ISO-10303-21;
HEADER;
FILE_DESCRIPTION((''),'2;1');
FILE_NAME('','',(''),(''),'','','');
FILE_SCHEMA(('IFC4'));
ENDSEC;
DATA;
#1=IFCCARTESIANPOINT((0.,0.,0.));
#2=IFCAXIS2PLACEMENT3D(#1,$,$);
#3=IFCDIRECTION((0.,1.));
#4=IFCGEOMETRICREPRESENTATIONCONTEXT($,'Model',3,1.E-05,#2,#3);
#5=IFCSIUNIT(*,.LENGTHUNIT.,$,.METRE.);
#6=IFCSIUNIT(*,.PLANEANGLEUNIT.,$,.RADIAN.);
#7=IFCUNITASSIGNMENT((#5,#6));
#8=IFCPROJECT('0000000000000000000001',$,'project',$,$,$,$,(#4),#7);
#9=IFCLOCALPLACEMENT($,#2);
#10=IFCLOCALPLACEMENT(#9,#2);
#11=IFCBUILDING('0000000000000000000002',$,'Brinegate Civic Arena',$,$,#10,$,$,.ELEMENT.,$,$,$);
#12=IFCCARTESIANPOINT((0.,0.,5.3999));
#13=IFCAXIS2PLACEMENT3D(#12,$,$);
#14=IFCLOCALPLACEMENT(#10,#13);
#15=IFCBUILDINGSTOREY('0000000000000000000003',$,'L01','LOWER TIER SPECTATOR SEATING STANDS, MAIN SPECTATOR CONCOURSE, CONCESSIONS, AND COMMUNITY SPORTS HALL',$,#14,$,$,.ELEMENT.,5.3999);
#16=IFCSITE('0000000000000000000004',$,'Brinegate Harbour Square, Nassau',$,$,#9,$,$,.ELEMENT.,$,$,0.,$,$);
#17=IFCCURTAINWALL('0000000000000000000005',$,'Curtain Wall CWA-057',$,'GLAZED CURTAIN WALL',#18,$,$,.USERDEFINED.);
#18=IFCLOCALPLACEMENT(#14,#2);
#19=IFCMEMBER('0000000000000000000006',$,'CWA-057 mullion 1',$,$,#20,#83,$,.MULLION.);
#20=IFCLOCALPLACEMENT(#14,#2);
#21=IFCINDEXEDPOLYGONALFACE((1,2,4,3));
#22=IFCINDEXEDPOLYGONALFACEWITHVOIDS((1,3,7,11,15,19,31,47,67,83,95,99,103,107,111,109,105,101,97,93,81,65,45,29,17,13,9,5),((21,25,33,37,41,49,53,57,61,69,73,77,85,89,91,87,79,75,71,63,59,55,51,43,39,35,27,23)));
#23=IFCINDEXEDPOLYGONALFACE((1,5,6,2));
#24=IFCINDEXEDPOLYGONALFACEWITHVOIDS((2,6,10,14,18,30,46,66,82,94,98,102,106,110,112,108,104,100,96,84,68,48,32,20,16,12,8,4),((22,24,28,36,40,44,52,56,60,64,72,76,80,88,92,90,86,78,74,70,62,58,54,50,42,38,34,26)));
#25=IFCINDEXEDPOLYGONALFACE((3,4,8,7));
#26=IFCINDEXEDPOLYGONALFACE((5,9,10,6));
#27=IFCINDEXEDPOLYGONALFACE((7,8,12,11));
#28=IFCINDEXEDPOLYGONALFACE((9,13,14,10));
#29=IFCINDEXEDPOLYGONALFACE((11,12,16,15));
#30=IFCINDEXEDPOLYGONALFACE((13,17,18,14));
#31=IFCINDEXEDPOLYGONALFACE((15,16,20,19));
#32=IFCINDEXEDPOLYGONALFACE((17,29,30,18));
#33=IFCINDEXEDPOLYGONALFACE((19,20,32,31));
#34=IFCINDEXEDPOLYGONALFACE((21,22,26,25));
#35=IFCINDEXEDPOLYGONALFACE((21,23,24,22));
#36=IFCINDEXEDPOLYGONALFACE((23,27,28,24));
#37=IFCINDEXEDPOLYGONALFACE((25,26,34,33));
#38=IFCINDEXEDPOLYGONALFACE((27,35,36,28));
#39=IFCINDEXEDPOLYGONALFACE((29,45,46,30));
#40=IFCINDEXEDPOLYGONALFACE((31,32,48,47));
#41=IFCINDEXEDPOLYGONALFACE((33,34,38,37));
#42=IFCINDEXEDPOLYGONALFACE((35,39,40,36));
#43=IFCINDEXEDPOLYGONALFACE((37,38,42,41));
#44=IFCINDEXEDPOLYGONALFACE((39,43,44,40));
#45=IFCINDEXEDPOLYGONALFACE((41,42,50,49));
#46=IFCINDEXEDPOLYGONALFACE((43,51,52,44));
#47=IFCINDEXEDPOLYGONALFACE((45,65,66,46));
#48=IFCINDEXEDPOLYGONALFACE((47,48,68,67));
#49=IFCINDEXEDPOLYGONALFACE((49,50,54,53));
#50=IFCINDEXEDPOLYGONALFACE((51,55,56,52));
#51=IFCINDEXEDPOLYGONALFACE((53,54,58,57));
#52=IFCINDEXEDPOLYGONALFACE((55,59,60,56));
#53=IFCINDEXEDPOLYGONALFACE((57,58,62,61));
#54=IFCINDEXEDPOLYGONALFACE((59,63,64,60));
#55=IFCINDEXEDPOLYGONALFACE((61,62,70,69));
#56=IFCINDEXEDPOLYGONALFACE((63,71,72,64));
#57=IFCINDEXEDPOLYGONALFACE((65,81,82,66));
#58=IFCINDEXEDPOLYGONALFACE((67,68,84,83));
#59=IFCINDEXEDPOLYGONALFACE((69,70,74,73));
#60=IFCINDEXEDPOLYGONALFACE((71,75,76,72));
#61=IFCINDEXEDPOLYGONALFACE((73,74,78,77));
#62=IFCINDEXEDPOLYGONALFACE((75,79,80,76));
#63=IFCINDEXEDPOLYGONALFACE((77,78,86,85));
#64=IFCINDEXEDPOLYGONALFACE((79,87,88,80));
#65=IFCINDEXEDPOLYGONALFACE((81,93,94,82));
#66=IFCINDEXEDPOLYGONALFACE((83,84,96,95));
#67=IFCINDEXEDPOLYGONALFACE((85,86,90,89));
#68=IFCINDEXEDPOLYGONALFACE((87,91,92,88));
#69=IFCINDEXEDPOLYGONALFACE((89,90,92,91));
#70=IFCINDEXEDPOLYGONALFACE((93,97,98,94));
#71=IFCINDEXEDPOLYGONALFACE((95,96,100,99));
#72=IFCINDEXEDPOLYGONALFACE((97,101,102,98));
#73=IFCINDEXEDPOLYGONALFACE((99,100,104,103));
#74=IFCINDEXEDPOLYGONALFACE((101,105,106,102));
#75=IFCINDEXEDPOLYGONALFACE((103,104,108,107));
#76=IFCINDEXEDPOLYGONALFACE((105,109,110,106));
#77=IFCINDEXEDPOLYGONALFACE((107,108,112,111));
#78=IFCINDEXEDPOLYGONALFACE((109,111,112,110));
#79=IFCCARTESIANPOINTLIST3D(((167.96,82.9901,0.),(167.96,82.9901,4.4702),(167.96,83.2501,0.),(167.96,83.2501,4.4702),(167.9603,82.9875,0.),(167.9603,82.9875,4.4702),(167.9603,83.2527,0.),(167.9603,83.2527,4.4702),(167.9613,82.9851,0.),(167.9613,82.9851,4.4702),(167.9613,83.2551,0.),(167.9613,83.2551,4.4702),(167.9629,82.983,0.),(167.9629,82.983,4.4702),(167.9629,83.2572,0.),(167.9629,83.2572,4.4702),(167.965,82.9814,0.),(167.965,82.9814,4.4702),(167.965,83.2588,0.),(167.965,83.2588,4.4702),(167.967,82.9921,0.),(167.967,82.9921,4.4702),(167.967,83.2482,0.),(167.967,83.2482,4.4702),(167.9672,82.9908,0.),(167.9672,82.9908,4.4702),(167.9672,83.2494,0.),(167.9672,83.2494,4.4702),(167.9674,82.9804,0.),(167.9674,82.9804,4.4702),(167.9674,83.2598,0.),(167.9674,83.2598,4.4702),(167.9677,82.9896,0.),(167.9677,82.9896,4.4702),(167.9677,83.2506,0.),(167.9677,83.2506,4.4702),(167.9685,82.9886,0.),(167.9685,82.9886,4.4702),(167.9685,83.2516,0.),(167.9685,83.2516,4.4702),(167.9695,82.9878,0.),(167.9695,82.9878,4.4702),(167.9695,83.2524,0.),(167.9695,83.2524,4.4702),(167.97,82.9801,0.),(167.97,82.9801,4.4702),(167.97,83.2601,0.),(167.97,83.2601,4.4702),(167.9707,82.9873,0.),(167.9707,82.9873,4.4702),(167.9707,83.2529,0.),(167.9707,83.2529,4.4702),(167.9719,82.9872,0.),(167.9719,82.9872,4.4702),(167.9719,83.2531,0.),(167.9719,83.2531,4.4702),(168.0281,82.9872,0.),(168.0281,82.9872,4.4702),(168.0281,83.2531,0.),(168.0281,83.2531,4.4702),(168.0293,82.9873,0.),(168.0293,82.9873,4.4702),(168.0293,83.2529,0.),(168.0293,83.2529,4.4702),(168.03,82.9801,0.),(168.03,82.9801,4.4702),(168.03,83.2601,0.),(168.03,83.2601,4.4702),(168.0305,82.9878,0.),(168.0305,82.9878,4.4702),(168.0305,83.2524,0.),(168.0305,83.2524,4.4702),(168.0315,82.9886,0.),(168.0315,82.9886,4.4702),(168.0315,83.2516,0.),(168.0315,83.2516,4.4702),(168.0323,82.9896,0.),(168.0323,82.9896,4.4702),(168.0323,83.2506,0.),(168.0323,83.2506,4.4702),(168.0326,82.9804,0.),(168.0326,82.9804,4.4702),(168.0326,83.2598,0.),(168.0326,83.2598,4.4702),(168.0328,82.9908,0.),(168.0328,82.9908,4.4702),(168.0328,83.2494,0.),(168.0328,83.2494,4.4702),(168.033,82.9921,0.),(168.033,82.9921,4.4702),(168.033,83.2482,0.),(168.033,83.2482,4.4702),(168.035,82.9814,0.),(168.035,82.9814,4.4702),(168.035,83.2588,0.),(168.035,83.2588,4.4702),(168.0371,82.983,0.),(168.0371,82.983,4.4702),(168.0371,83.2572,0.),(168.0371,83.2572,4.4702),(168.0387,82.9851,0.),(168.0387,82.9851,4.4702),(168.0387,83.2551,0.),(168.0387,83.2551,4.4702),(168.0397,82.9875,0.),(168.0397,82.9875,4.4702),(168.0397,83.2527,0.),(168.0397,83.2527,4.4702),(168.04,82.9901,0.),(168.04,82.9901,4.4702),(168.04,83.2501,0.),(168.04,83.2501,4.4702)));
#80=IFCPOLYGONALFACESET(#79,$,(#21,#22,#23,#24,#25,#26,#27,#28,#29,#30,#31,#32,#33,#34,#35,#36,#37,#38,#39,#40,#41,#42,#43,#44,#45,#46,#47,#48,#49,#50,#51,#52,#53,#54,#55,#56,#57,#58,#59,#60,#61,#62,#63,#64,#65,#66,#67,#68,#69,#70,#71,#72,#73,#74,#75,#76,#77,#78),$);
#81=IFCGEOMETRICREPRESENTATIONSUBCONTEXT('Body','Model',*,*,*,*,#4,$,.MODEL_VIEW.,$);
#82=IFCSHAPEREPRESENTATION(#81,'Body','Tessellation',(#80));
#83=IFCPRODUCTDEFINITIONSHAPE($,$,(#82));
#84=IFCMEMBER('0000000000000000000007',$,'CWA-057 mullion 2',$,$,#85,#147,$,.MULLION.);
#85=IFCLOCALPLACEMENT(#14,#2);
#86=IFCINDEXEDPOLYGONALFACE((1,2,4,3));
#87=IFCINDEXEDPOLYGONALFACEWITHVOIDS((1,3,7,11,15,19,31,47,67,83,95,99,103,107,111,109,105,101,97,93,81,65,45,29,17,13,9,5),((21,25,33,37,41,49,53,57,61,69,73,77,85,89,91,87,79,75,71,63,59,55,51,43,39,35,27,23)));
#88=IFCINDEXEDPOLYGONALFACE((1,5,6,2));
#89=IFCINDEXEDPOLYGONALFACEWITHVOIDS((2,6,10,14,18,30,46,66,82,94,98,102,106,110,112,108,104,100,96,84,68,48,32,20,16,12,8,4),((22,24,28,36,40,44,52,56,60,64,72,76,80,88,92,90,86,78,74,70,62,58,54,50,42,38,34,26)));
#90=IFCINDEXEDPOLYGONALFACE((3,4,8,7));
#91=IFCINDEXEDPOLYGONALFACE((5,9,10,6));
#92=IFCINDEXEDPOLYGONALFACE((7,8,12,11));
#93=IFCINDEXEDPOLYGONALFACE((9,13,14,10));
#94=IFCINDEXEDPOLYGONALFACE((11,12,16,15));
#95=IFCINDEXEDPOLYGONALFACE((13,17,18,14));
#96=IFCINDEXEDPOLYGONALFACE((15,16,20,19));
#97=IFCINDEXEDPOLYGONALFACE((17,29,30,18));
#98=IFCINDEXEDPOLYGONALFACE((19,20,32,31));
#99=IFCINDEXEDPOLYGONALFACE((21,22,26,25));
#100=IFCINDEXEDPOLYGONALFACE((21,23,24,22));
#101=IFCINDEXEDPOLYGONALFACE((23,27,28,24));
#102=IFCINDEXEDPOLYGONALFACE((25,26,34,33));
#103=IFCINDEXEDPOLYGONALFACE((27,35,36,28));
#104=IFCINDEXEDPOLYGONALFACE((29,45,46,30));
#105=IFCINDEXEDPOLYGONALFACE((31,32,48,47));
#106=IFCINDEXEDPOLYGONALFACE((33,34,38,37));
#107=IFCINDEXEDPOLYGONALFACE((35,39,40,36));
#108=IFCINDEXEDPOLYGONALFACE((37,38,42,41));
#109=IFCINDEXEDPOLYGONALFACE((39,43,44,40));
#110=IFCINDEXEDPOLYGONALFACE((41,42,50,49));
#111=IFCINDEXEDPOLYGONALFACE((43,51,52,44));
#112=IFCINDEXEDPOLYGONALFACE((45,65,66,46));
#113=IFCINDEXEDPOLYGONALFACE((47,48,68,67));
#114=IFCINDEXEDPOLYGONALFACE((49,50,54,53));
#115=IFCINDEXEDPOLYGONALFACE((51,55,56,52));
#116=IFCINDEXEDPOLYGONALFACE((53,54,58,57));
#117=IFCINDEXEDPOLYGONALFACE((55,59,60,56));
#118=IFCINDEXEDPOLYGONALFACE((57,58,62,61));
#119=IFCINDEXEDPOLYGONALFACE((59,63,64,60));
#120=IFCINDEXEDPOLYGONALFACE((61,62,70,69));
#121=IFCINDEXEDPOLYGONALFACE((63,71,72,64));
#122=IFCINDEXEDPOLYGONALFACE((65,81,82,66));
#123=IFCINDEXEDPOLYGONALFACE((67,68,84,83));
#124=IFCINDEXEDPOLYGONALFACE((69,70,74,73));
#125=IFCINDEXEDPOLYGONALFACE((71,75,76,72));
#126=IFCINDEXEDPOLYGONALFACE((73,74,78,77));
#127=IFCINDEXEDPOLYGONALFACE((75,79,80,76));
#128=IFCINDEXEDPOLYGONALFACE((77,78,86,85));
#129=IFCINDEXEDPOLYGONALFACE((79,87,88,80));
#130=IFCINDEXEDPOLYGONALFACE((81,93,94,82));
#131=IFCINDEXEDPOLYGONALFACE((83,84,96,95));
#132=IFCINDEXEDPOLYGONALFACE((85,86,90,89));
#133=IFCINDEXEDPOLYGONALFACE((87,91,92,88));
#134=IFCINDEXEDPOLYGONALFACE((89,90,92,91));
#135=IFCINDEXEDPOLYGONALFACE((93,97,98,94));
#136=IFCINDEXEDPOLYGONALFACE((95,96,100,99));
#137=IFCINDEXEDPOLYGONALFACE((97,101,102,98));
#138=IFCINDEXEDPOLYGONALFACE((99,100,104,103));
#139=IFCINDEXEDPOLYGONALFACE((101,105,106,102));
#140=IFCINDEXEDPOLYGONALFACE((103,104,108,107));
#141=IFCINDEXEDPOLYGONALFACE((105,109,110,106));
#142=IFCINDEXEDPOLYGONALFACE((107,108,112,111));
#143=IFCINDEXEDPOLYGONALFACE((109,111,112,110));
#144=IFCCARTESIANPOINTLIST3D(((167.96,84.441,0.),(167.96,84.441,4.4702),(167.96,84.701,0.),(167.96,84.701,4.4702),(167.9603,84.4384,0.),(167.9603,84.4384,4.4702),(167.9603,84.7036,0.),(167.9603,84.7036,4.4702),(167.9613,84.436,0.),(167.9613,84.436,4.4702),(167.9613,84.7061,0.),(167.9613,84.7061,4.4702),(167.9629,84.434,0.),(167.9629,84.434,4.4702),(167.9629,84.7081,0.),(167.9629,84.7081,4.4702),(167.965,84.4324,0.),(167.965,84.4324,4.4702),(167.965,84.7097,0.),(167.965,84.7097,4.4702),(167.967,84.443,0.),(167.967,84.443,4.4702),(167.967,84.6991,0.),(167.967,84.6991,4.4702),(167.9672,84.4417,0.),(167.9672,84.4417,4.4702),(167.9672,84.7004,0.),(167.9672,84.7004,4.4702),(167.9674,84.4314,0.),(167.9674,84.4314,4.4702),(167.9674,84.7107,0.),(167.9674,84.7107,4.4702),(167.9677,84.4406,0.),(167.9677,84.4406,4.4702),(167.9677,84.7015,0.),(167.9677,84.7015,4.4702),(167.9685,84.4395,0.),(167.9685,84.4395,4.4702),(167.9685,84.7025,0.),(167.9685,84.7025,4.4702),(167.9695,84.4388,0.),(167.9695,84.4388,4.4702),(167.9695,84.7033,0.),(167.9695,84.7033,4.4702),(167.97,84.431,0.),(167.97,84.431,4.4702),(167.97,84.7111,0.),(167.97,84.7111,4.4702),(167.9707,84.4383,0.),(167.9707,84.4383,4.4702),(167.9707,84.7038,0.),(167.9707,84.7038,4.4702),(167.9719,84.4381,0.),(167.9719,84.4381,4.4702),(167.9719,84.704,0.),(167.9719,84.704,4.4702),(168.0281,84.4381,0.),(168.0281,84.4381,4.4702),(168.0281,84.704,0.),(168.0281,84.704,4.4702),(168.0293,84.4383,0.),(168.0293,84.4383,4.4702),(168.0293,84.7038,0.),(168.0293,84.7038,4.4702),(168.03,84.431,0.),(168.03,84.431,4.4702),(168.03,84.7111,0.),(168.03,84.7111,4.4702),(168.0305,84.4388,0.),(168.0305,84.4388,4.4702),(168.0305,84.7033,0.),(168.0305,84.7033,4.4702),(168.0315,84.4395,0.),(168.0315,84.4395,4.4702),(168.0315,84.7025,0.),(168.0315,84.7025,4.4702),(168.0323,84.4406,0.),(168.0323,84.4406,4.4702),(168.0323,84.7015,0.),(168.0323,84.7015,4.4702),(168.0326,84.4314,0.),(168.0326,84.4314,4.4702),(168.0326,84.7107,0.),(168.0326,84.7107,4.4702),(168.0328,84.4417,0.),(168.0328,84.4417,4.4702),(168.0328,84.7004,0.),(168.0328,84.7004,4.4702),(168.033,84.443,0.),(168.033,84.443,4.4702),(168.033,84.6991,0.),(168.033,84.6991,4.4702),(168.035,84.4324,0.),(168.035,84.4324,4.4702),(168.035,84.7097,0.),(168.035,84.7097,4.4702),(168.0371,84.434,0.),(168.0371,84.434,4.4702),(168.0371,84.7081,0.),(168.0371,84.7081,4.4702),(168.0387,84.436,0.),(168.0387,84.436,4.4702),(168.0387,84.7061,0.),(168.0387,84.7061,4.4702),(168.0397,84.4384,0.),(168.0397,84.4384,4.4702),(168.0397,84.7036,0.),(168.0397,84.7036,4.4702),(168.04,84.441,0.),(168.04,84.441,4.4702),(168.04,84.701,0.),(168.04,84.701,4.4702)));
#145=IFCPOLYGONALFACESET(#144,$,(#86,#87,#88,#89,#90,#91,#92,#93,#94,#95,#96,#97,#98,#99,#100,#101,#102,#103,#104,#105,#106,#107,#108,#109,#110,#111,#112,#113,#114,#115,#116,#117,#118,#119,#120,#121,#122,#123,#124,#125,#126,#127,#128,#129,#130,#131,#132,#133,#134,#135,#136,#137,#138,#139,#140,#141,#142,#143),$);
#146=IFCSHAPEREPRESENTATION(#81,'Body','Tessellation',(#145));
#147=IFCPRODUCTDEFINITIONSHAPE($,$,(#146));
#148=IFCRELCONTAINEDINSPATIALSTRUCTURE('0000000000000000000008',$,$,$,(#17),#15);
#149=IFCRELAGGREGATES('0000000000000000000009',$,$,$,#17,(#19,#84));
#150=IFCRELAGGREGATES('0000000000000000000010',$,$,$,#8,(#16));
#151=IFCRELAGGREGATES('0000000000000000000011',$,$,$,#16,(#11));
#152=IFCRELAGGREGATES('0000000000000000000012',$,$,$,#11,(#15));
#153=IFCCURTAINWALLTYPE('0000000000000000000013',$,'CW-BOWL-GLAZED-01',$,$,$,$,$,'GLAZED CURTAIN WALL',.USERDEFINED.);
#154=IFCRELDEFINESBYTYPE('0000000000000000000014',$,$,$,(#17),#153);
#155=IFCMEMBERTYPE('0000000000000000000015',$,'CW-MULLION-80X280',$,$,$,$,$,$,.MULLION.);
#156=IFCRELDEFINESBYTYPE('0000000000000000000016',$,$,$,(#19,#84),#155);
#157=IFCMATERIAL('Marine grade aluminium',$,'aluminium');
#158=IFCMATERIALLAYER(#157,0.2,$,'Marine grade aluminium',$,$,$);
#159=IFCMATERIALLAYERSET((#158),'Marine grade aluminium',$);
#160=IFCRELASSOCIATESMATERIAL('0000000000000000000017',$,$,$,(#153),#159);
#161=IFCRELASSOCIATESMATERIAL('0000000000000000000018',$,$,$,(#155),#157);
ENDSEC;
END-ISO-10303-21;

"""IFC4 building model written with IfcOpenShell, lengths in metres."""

from ifc_helpers import new_model, si_unit, direction, frame, origin, origin_2d, place, context, subcontext, project, spatial, hollow_rectangle, extrude, material, layer, layer_set, material_profile, profile_set, type_object, element, aggregate, save


model = new_model("IFC4")

# Units and contexts
model_context = context("Model", 3, precision=1e-05, world=origin(), true_north=direction((0.0, 1.0)))
body_context = subcontext(model_context, "Body", "Model", "MODEL_VIEW")
ifc_project = project(units=[si_unit("LENGTHUNIT", "METRE"), si_unit("PLANEANGLEUNIT", "RADIAN")], contexts=[model_context])

# Site, building, storey
site_placement = place(None, origin())
site = spatial("IfcSite", under=ifc_project, at=site_placement, Name="Brinegate Harbour Square, Nassau", CompositionType="ELEMENT", RefElevation=0.0)
building_placement = place(site_placement, origin())
building = spatial("IfcBuilding", under=site, at=building_placement, Name="Brinegate Civic Arena", CompositionType="ELEMENT")
storey_placement = place(building_placement, frame((0.0, 0.0, 5.3999)))
storey = spatial("IfcBuildingStorey", under=building, at=storey_placement, Name="L01", Description="LOWER TIER SPECTATOR SEATING STANDS, MAIN SPECTATOR CONCOURSE, CONCESSIONS, AND COMMUNITY SPORTS HALL", CompositionType="ELEMENT", Elevation=5.3999)

# Curtain wall, members
ifc_material_1 = material(Name="Marine grade aluminium", Category="aluminium")
ifc_layer_1 = layer(ifc_material_1, 0.2, Name="Marine grade aluminium")
ifc_layer_set_1 = layer_set([ifc_layer_1], Name="Marine grade aluminium")
curtain_wall_type = type_object("IfcCurtainWallType", Name="CW-BOWL-GLAZED-01", ElementType="GLAZED CURTAIN WALL", PredefinedType="USERDEFINED", material=ifc_layer_set_1)
curtain_wall_placement = place(storey_placement, origin())
curtain_wall = element("IfcCurtainWall", 1, at=curtain_wall_placement, inside=storey, type_object=curtain_wall_type, Name="Curtain Wall CWA-057", ObjectType="GLAZED CURTAIN WALL", PredefinedType="USERDEFINED")
ifc_material_profile_1 = material_profile(ifc_material_1, hollow_rectangle(XDim=0.0801, YDim=0.28, WallThickness=0.0071, InnerFilletRadius=0.0049, OuterFilletRadius=0.01, at=origin_2d()), Name="MUL80X280")
ifc_profile_set_1 = profile_set([ifc_material_profile_1], Name="Marine grade aluminium")
member_type_1 = type_object("IfcMemberType", Name="CW-MULLION-80X280", PredefinedType="MULLION", material=ifc_profile_set_1)
member_1_placement = place(storey_placement, frame((168.0, 83.1201, 0.0), z_axis=(0.0, 0.0, 1.0), x_axis=(-1.0, 0.0, 0.0)))
member_1 = element("IfcMember", 2, at=member_1_placement, type_object=member_type_1, Name="CWA-057 mullion 1", PredefinedType="MULLION", context=body_context, shape_type="SweptSolid", body=[
    extrude(hollow_rectangle(XDim=0.0801, YDim=0.28, WallThickness=0.0071, InnerFilletRadius=0.0049, OuterFilletRadius=0.01, at=origin_2d()), origin(), (0.0, 0.0, 1.0), 4.4702),
])
member_2_placement = place(storey_placement, frame((168.0, 84.571, 0.0), z_axis=(0.0, 0.0, 1.0), x_axis=(-1.0, 0.0, 0.0)))
member_2 = element("IfcMember", 3, at=member_2_placement, type_object=member_type_1, Name="CWA-057 mullion 2", PredefinedType="MULLION", context=body_context, shape_type="SweptSolid", body=[
    extrude(hollow_rectangle(XDim=0.0801, YDim=0.28, WallThickness=0.0071, InnerFilletRadius=0.0049, OuterFilletRadius=0.01, at=origin_2d()), origin(), (0.0, 0.0, 1.0), 4.4702),
])
aggregate(curtain_wall, [member_1, member_2])

save(model, "model.ifc")
